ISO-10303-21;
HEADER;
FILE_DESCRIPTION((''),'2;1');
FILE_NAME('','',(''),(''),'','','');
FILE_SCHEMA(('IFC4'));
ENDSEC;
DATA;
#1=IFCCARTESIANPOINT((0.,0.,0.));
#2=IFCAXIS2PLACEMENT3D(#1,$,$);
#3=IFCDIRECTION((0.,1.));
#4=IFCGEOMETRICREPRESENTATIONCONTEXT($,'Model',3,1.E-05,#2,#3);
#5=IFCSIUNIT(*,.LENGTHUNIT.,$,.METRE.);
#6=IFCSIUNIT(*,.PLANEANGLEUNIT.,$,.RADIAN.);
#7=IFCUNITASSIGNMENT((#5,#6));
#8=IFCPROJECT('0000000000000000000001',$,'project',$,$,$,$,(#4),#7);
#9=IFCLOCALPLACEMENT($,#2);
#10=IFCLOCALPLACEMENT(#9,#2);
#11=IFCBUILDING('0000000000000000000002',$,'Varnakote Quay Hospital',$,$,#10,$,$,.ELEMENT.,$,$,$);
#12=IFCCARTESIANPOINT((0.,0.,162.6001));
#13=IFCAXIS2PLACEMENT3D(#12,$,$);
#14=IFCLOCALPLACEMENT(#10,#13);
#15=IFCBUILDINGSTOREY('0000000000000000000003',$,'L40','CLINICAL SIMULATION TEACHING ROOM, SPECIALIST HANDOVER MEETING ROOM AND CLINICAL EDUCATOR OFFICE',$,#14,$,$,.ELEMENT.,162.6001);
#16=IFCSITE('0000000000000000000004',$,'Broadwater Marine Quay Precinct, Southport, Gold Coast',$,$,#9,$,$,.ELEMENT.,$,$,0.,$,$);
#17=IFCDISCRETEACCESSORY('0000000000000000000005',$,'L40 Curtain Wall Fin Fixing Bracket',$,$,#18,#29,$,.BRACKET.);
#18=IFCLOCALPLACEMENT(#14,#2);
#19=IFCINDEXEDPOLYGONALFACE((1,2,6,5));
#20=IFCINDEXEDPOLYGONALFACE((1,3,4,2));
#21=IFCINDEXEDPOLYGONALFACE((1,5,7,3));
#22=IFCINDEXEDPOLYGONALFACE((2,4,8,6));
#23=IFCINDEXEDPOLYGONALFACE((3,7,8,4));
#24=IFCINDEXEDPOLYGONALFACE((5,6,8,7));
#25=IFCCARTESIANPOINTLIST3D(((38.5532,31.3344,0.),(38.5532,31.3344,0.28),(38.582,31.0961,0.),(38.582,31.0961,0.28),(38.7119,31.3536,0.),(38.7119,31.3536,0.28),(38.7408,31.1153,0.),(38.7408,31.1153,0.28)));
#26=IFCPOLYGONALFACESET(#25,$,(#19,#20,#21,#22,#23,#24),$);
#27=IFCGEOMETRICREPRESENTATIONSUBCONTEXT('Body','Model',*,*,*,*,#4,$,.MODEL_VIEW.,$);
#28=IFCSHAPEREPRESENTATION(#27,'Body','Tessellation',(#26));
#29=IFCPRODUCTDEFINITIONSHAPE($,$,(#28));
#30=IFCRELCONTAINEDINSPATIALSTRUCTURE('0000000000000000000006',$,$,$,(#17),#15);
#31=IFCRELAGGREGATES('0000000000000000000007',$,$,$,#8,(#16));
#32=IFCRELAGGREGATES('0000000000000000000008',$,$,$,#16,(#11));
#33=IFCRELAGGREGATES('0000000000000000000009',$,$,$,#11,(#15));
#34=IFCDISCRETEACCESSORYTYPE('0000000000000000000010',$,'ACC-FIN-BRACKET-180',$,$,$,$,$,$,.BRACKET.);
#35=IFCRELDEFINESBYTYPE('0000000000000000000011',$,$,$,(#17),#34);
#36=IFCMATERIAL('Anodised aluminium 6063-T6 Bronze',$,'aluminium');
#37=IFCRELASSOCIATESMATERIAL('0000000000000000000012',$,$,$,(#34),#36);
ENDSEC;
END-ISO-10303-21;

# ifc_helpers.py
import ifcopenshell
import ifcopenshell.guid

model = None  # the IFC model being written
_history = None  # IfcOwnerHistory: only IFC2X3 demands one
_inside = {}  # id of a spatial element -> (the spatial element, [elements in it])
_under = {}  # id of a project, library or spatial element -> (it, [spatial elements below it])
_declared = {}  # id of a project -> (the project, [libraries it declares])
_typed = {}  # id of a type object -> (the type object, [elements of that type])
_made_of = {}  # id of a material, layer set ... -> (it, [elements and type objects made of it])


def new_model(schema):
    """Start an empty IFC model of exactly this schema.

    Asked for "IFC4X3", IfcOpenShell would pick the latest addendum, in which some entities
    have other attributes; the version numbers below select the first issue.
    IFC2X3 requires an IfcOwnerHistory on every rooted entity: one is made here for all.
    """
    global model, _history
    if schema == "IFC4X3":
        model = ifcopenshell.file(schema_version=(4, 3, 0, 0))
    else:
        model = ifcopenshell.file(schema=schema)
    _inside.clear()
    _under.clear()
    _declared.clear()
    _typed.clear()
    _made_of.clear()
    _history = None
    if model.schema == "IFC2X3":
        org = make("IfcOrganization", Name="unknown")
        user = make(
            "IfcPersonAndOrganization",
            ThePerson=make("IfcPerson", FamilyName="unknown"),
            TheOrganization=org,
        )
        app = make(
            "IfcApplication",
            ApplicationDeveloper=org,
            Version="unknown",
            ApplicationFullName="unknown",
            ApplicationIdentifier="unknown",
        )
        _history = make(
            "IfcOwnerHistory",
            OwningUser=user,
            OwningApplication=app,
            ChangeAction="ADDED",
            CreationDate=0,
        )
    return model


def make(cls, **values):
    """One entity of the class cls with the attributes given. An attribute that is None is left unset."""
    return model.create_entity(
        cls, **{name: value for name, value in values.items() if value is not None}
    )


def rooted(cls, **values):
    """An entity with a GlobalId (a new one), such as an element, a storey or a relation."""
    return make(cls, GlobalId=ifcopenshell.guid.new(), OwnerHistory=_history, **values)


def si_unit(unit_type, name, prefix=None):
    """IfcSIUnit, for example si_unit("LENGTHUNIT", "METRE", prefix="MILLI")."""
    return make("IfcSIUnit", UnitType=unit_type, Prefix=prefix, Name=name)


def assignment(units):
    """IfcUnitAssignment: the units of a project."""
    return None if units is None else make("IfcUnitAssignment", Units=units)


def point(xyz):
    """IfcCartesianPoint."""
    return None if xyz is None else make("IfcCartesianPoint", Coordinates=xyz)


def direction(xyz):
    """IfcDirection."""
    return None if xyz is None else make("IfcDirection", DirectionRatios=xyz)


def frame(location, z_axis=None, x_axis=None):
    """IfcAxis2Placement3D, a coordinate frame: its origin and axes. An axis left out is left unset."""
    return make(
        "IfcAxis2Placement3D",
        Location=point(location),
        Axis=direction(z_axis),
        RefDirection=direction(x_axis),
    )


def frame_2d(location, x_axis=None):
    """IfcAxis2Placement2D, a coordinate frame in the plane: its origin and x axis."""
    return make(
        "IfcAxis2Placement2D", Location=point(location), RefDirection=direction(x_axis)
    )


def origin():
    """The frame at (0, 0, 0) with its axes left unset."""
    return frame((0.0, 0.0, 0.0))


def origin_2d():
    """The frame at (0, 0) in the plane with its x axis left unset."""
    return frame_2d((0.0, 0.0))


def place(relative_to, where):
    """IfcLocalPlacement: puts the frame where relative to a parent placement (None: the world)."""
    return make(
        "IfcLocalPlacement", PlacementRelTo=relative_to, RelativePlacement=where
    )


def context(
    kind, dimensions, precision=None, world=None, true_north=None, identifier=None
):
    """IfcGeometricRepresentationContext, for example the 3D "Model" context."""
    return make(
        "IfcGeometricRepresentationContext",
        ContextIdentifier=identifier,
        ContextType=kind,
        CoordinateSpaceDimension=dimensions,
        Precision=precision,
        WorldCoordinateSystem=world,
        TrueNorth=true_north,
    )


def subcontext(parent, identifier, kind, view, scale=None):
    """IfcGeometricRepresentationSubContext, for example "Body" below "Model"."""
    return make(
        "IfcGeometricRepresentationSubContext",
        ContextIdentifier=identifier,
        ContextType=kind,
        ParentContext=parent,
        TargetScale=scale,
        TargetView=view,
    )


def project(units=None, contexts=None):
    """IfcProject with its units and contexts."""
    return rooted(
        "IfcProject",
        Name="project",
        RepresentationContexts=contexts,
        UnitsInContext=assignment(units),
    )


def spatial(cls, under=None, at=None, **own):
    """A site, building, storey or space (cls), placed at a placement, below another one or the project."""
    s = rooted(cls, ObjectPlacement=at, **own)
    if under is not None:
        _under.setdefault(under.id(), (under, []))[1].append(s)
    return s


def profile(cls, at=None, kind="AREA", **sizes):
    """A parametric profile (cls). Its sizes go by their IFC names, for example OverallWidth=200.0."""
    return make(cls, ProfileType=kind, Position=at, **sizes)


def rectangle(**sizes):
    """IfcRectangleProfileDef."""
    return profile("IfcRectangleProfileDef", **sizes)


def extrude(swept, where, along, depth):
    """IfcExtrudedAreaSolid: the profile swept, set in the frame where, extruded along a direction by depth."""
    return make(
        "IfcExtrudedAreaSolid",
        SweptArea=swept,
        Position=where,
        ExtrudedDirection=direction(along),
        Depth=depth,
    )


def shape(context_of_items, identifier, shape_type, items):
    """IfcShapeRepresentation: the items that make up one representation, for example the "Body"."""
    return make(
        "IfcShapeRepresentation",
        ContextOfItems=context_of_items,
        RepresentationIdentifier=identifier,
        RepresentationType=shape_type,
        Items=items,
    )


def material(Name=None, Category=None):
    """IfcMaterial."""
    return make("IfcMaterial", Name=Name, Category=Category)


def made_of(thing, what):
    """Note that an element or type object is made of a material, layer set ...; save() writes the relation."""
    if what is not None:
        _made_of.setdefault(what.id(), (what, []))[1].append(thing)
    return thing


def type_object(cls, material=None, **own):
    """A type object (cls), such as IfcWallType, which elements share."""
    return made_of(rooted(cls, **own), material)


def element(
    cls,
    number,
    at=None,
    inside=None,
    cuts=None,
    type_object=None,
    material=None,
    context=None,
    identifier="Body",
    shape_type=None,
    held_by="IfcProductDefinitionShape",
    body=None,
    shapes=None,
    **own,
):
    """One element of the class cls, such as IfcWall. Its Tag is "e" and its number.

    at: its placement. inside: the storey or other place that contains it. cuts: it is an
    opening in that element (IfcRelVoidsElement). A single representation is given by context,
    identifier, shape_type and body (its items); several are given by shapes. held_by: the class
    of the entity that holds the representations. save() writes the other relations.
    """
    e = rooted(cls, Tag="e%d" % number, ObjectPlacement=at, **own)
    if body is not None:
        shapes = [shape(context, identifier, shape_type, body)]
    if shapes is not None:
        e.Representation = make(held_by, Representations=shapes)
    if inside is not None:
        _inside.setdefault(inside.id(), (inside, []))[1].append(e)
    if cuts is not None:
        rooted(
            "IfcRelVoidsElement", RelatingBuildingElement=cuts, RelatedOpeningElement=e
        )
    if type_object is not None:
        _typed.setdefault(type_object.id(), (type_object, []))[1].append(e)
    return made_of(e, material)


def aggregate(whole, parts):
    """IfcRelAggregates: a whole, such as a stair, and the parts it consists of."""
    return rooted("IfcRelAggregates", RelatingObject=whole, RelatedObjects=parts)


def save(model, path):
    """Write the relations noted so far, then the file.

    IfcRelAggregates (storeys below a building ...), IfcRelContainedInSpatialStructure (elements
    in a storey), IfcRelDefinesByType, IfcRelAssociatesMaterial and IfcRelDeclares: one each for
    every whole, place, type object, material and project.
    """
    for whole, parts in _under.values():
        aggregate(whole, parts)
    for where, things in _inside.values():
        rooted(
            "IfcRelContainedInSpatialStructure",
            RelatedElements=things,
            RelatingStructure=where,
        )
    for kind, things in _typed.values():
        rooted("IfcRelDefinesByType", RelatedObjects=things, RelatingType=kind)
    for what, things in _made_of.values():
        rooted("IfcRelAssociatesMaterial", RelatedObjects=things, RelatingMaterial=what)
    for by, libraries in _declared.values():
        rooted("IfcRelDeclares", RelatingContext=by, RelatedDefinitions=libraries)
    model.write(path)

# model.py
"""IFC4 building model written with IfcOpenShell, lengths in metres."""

from ifc_helpers import new_model, si_unit, direction, frame, origin, origin_2d, place, context, subcontext, project, spatial, rectangle, extrude, material, type_object, element, save


model = new_model("IFC4")

# Units and contexts
model_context = context("Model", 3, precision=1e-05, world=origin(), true_north=direction((0.0, 1.0)))
body_context = subcontext(model_context, "Body", "Model", "MODEL_VIEW")
ifc_project = project(units=[si_unit("LENGTHUNIT", "METRE"), si_unit("PLANEANGLEUNIT", "RADIAN")], contexts=[model_context])

# Site, building, storey
site_placement = place(None, origin())
site = spatial("IfcSite", under=ifc_project, at=site_placement, Name="Broadwater Marine Quay Precinct, Southport, Gold Coast", CompositionType="ELEMENT", RefElevation=0.0)
building_placement = place(site_placement, origin())
building = spatial("IfcBuilding", under=site, at=building_placement, Name="Varnakote Quay Hospital", CompositionType="ELEMENT")
storey_placement = place(building_placement, frame((0.0, 0.0, 162.6001)))
storey = spatial("IfcBuildingStorey", under=building, at=storey_placement, Name="L40", Description="CLINICAL SIMULATION TEACHING ROOM, SPECIALIST HANDOVER MEETING ROOM AND CLINICAL EDUCATOR OFFICE", CompositionType="ELEMENT", Elevation=162.6001)

# Discrete accessory
ifc_material_1 = material(Name="Anodised aluminium 6063-T6 Bronze", Category="aluminium")
discrete_accessory_type = type_object("IfcDiscreteAccessoryType", Name="ACC-FIN-BRACKET-180", PredefinedType="BRACKET", material=ifc_material_1)
discrete_accessory_placement = place(storey_placement, frame((38.647, 31.2249, 0.0), z_axis=(0.0, 0.0, 1.0), x_axis=(-0.992736, -0.12031, 0.0)))
element("IfcDiscreteAccessory", 1, at=discrete_accessory_placement, inside=storey, type_object=discrete_accessory_type, Name="L40 Curtain Wall Fin Fixing Bracket", PredefinedType="BRACKET", context=body_context, shape_type="SweptSolid", body=[
    extrude(rectangle(XDim=0.1599, YDim=0.24, at=origin_2d()), origin(), (0.0, 0.0, 1.0), 0.28),
])

save(model, "model.ifc")
